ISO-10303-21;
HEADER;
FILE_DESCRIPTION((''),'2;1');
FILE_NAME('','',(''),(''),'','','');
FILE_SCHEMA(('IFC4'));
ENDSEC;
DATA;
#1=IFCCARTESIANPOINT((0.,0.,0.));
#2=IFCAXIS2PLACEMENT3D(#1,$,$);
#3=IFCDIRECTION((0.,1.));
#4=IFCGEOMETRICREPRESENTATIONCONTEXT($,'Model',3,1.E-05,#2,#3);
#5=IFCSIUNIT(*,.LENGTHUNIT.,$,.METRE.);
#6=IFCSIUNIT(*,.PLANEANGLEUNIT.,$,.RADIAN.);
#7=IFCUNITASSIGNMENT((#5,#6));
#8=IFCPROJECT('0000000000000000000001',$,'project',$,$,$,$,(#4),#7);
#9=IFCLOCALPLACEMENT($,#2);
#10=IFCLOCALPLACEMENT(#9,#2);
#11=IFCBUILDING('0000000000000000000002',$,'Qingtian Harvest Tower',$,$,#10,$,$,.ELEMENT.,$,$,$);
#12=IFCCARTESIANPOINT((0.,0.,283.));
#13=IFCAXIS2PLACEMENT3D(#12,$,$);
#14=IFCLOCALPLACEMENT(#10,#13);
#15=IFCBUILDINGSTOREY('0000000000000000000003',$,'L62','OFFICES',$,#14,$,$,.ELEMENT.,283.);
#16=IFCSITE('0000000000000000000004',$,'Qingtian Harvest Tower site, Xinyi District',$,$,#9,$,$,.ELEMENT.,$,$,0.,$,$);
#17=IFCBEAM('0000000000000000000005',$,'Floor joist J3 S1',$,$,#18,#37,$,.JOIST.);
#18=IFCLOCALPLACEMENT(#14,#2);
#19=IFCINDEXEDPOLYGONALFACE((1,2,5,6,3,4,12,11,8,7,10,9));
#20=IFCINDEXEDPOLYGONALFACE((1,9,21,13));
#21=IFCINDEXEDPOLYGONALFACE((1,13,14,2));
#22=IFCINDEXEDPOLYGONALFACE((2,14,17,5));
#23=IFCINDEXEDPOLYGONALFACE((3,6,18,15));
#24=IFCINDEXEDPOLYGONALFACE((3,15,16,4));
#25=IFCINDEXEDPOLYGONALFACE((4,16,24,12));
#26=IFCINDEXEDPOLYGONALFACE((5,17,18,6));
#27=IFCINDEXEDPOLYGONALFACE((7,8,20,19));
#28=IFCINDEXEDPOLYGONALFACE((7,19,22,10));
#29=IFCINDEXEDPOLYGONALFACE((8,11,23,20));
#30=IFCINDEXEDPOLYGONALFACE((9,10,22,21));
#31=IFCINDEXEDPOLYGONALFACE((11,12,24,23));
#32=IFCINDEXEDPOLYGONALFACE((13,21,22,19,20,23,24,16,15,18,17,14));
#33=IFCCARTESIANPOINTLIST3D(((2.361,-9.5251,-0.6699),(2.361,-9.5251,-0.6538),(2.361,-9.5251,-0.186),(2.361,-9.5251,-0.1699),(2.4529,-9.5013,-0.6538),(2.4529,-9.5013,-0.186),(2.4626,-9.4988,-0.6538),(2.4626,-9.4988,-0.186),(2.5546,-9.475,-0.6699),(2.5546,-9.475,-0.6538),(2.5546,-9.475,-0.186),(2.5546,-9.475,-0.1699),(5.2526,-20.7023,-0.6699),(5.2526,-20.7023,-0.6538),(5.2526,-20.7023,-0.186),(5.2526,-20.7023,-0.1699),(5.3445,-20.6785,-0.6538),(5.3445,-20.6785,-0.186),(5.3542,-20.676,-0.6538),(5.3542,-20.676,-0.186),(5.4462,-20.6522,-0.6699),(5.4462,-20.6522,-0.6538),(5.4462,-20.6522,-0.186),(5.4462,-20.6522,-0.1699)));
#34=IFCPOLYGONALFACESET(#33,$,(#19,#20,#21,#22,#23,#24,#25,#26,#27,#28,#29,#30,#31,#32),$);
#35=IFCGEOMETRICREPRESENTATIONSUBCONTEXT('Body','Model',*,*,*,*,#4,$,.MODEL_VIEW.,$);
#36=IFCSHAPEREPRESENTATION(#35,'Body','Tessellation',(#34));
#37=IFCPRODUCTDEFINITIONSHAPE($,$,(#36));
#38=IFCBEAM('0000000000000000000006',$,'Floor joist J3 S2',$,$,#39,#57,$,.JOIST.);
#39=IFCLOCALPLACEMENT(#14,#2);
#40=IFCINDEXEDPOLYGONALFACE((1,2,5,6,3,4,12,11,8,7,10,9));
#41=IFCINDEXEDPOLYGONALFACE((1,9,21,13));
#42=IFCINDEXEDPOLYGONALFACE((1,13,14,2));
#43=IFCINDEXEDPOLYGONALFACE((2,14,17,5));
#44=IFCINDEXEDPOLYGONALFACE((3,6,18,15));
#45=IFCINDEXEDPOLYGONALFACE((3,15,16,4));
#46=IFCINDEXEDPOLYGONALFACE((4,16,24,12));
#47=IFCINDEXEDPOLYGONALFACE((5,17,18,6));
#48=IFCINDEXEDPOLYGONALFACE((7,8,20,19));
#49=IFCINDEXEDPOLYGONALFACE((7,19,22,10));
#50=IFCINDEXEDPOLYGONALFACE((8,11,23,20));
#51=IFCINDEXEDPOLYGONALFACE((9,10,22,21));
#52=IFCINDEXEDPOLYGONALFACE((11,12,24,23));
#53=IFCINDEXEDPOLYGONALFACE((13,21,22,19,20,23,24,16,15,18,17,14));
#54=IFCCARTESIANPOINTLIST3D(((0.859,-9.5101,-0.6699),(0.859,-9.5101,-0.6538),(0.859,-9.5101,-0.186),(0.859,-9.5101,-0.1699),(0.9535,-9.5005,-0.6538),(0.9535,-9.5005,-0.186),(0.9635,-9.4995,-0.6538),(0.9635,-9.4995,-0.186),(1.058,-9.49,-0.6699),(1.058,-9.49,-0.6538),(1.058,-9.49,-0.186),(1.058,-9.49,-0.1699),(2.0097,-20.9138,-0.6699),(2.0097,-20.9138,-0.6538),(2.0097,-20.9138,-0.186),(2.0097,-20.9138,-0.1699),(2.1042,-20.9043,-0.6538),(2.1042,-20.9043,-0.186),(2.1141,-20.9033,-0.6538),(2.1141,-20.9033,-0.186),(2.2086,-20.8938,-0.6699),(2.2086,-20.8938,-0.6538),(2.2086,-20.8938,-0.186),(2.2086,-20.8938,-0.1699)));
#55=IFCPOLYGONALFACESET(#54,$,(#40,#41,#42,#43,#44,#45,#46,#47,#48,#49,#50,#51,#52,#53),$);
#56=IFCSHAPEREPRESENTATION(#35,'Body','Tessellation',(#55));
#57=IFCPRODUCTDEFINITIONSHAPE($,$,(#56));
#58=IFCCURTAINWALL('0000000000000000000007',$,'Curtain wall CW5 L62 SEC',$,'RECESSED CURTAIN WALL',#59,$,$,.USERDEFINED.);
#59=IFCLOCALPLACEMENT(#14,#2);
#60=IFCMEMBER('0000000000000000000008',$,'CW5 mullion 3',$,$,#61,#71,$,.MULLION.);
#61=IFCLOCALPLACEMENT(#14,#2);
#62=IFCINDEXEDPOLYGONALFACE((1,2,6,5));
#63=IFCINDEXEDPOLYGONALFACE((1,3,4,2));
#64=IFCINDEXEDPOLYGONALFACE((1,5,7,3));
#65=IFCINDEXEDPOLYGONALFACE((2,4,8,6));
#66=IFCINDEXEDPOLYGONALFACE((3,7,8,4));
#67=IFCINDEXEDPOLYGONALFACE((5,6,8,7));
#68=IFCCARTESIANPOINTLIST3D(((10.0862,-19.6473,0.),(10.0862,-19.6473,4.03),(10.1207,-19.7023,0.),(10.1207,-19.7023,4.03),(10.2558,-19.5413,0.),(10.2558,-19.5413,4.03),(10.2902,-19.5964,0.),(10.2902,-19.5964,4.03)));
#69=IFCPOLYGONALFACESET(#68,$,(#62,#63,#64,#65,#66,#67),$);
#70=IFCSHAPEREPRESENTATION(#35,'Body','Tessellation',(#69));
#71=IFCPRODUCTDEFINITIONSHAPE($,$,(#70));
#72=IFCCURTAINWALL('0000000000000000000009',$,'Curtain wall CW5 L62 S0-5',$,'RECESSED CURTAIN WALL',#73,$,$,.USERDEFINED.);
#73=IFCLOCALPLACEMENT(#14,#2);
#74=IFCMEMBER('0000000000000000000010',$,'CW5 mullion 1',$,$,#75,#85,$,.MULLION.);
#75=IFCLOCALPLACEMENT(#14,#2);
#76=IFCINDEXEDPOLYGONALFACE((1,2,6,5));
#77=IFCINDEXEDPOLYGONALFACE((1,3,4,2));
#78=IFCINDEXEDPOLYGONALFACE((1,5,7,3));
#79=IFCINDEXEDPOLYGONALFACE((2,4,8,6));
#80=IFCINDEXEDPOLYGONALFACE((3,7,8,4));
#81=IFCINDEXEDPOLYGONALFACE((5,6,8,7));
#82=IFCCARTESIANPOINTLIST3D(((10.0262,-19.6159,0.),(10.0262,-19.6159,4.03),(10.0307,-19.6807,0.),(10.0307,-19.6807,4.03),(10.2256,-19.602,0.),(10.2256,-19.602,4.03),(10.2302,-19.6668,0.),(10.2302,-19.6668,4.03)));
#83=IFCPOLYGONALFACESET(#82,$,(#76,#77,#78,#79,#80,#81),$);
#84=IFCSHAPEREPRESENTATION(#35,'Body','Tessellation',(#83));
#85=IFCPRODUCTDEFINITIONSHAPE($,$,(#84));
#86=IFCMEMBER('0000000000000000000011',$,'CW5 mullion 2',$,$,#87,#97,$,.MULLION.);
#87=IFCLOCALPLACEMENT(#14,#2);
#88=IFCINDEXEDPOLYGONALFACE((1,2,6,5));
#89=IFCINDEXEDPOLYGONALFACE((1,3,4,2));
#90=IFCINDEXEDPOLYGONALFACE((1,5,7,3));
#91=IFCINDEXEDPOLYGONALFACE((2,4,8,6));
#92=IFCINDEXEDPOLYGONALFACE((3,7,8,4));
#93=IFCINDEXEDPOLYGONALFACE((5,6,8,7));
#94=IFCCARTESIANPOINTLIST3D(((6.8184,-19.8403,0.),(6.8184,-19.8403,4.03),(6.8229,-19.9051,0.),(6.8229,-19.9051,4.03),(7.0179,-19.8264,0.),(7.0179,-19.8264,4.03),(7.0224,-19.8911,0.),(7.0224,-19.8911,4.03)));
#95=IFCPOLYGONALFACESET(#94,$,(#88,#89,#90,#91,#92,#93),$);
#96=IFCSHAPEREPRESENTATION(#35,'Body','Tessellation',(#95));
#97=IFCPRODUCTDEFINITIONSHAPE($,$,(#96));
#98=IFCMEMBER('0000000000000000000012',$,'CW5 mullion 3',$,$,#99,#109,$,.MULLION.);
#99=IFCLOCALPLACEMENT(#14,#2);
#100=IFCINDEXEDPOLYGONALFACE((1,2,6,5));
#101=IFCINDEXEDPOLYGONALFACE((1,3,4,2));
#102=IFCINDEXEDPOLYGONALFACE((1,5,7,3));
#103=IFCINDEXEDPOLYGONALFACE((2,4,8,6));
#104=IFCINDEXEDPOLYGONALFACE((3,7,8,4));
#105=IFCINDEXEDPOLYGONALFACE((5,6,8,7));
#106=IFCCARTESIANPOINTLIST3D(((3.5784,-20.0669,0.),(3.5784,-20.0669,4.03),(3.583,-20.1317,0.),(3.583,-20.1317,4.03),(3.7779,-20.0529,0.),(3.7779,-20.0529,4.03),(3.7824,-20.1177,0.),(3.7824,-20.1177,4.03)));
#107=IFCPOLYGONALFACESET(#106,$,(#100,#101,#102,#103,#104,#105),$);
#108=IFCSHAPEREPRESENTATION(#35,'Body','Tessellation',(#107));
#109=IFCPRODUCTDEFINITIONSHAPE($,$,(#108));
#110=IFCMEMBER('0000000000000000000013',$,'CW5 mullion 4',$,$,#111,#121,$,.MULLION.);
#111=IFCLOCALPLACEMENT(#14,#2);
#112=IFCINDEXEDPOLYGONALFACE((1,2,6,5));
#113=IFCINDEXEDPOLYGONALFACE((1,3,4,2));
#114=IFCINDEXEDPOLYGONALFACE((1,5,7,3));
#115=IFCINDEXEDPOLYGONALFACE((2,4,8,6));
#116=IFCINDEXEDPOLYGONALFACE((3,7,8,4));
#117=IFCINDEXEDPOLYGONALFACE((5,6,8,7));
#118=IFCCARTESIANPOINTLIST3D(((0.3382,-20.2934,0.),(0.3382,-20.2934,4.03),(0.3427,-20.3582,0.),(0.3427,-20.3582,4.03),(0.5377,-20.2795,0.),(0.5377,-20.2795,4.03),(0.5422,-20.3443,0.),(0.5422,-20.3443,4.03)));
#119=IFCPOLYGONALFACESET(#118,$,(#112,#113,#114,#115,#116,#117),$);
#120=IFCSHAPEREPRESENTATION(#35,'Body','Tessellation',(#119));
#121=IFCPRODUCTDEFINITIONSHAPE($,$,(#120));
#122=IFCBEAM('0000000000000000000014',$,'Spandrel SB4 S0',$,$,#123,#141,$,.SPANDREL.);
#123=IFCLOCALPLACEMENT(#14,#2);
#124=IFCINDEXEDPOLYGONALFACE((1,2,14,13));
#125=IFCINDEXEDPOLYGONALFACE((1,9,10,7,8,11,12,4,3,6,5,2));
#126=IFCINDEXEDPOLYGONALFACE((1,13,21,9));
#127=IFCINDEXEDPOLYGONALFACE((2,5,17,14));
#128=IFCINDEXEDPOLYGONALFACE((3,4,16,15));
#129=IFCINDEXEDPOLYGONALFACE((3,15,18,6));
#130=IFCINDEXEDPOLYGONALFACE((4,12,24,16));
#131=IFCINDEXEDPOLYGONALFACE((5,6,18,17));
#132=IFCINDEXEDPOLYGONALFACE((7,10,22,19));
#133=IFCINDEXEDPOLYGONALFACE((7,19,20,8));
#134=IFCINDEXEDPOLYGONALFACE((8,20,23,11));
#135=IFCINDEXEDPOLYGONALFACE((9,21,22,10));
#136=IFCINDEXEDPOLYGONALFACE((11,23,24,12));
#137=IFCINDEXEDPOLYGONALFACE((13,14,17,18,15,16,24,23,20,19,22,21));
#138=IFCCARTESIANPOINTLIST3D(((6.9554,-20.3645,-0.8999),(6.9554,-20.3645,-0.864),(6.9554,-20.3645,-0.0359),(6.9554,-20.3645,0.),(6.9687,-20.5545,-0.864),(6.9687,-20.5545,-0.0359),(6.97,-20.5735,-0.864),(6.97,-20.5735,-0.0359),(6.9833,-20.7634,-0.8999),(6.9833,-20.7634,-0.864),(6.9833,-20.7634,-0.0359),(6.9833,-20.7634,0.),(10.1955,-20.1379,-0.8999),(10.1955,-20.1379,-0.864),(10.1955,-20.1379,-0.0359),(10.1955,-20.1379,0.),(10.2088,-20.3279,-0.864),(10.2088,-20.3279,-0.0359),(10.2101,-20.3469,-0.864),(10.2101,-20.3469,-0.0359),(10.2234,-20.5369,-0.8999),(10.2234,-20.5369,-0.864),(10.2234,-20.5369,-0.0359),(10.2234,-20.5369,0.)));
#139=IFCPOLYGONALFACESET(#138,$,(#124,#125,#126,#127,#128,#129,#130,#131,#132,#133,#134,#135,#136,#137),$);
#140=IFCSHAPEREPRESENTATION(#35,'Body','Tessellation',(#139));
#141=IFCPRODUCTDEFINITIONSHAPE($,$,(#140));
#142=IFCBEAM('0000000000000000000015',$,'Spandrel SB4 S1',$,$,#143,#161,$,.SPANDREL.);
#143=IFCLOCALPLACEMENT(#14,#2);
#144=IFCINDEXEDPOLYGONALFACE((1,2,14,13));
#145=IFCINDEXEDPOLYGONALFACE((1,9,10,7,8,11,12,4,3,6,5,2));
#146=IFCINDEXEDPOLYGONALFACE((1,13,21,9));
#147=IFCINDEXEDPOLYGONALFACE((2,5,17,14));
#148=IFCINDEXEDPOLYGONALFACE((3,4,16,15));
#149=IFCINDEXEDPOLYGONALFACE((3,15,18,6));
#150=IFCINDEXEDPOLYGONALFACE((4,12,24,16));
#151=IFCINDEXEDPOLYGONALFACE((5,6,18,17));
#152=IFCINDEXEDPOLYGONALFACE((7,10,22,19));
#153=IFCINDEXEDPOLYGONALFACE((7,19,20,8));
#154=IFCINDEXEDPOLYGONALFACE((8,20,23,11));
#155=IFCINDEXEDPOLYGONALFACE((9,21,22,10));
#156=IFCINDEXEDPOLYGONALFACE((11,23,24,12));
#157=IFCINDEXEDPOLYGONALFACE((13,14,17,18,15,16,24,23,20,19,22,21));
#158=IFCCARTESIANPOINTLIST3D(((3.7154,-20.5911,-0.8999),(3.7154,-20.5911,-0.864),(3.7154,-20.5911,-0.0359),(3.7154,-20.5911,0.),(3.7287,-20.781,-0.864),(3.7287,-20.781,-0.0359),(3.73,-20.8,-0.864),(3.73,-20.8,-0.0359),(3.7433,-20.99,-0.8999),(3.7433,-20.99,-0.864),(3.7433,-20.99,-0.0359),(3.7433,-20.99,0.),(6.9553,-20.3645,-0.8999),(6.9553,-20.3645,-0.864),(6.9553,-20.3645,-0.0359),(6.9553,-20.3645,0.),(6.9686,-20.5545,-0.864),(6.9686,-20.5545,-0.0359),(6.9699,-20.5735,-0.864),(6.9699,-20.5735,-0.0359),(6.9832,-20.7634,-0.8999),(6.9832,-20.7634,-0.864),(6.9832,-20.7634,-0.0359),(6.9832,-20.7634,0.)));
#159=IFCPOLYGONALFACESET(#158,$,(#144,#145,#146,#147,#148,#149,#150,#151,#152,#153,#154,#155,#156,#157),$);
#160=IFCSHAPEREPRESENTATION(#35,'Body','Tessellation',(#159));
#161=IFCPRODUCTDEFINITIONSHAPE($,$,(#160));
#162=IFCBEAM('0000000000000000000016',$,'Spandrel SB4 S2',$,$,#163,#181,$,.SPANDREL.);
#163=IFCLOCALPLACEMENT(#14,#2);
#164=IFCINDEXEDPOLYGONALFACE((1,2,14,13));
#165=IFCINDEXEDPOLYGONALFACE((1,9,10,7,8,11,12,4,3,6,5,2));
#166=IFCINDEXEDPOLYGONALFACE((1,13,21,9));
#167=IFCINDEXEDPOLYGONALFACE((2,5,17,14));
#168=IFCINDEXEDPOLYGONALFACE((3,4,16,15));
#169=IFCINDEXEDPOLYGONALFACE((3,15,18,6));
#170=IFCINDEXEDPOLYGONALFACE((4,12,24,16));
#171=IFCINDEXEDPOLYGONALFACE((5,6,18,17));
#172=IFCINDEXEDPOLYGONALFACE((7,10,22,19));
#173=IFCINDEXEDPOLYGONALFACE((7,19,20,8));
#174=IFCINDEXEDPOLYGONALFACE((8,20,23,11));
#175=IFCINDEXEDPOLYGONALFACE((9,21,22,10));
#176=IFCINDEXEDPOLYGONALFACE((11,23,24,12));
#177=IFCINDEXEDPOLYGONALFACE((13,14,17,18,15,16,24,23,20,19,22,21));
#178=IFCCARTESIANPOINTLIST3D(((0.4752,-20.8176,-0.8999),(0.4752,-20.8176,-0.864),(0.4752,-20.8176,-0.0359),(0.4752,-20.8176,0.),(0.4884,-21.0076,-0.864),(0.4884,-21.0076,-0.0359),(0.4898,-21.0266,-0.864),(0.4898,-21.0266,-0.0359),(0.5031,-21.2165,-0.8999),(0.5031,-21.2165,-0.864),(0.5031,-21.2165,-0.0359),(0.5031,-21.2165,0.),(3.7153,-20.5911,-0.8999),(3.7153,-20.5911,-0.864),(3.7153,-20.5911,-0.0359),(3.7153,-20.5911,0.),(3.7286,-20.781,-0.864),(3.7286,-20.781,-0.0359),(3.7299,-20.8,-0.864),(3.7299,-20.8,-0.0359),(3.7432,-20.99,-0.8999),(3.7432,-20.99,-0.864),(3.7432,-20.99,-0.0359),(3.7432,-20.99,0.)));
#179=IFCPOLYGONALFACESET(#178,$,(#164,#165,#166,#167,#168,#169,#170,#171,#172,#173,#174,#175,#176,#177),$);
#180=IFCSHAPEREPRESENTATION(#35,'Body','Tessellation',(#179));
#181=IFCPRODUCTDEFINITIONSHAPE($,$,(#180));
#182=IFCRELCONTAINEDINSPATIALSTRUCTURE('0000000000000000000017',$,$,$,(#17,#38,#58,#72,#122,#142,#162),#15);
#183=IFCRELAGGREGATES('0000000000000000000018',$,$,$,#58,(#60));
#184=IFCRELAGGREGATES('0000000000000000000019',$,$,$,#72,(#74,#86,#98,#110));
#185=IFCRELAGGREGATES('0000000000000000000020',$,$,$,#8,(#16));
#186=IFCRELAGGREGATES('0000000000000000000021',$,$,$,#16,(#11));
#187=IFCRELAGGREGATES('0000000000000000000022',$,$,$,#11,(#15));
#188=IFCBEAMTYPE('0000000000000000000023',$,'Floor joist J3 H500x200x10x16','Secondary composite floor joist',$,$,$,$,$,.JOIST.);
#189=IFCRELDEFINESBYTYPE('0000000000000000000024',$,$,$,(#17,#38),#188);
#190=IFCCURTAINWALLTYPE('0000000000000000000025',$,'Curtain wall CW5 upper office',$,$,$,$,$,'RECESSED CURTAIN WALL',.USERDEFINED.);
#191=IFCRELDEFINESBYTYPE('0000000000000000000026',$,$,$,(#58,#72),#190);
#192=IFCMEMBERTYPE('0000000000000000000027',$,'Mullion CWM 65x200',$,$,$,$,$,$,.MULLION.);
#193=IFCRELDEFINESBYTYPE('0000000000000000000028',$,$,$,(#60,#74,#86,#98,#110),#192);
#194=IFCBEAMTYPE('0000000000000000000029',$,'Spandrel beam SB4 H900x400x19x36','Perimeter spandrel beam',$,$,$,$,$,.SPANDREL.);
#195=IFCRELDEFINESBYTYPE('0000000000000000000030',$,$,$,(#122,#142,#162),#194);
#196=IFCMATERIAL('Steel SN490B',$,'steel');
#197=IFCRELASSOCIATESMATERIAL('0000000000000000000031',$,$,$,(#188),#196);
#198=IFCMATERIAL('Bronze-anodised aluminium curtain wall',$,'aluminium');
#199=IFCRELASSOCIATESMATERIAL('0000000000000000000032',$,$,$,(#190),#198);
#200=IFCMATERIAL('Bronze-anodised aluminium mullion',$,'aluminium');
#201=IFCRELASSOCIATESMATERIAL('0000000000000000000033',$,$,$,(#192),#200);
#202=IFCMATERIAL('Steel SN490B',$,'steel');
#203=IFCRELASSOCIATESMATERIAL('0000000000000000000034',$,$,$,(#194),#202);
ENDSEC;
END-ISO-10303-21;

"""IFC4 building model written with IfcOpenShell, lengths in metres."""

from ifc_helpers import new_model, si_unit, direction, frame, origin, origin_2d, place, context, subcontext, project, spatial, rectangle, i_section, extrude, material, material_profile, profile_set, type_object, element, aggregate, save


model = new_model("IFC4")

# Units and contexts
model_context = context("Model", 3, precision=1e-05, world=origin(), true_north=direction((0.0, 1.0)))
body_context = subcontext(model_context, "Body", "Model", "MODEL_VIEW")
ifc_project = project(units=[si_unit("LENGTHUNIT", "METRE"), si_unit("PLANEANGLEUNIT", "RADIAN")], contexts=[model_context])

# Site, building, storey
site_placement = place(None, origin())
site = spatial("IfcSite", under=ifc_project, at=site_placement, Name="Qingtian Harvest Tower site, Xinyi District", CompositionType="ELEMENT", RefElevation=0.0)
building_placement = place(site_placement, origin())
building = spatial("IfcBuilding", under=site, at=building_placement, Name="Qingtian Harvest Tower", CompositionType="ELEMENT")
storey_placement = place(building_placement, frame((0.0, 0.0, 283.0)))
storey = spatial("IfcBuildingStorey", under=building, at=storey_placement, Name="L62", Description="OFFICES", CompositionType="ELEMENT", Elevation=283.0)

# Beams
ifc_material_1 = material(Name="Steel SN490B", Category="steel")
ifc_material_profile_1 = material_profile(ifc_material_1, i_section(OverallWidth=0.2, OverallDepth=0.5, WebThickness=0.01, FlangeThickness=0.0161, at=origin_2d()), Name="H500x200x10x16")
ifc_profile_set_1 = profile_set([ifc_material_profile_1], Name="Steel SN490B")
beam_type_1 = type_object("IfcBeamType", Name="Floor joist J3 H500x200x10x16", Description="Secondary composite floor joist", PredefinedType="JOIST", material=ifc_profile_set_1)
beam_1_placement = place(storey_placement, frame((5.3494, -20.6772, -0.4199), z_axis=(-0.250459, 0.968127, 0.0), x_axis=(-0.968127, -0.250459, 0.0)))
element("IfcBeam", 1, at=beam_1_placement, inside=storey, type_object=beam_type_1, Name="Floor joist J3 S1", PredefinedType="JOIST", context=body_context, shape_type="SweptSolid", body=[
    extrude(i_section(OverallWidth=0.2, OverallDepth=0.5, WebThickness=0.01, FlangeThickness=0.0161, at=origin_2d()), origin(), (0.0, 0.0, 1.0), 11.5452),
])
beam_2_placement = place(storey_placement, frame((2.1091, -20.9038, -0.4199), z_axis=(-0.100389, 0.994948, 0.0), x_axis=(-0.994948, -0.100389, 0.0)))
element("IfcBeam", 2, at=beam_2_placement, inside=storey, type_object=beam_type_1, Name="Floor joist J3 S2", PredefinedType="JOIST", context=body_context, shape_type="SweptSolid", body=[
    extrude(i_section(OverallWidth=0.2, OverallDepth=0.5, WebThickness=0.01, FlangeThickness=0.0161, at=origin_2d()), origin(), (0.0, 0.0, 1.0), 11.4617),
])

# Curtain wall, member
ifc_material_2 = material(Name="Bronze-anodised aluminium curtain wall", Category="aluminium")
curtain_wall_type = type_object("IfcCurtainWallType", Name="Curtain wall CW5 upper office", ElementType="RECESSED CURTAIN WALL", PredefinedType="USERDEFINED", material=ifc_material_2)
curtain_wall_1_placement = place(storey_placement, origin())
curtain_wall_1 = element("IfcCurtainWall", 3, at=curtain_wall_1_placement, inside=storey, type_object=curtain_wall_type, Name="Curtain wall CW5 L62 SEC", ObjectType="RECESSED CURTAIN WALL", PredefinedType="USERDEFINED")
ifc_material_3 = material(Name="Bronze-anodised aluminium mullion", Category="aluminium")
ifc_material_profile_2 = material_profile(ifc_material_3, rectangle(XDim=0.0649, YDim=0.2, at=origin_2d()), Name="AL 65x200")
ifc_profile_set_2 = profile_set([ifc_material_profile_2], Name="Bronze-anodised aluminium mullion")
member_type_1 = type_object("IfcMemberType", Name="Mullion CWM 65x200", PredefinedType="MULLION", material=ifc_profile_set_2)
member_1_placement = place(storey_placement, frame((10.1882, -19.6218, 0.0), z_axis=(0.0, 0.0, 1.0), x_axis=(0.529919, -0.848048, 0.0)))
member_1 = element("IfcMember", 4, at=member_1_placement, type_object=member_type_1, Name="CW5 mullion 3", PredefinedType="MULLION", context=body_context, shape_type="SweptSolid", body=[
    extrude(rectangle(XDim=0.0649, YDim=0.2, at=origin_2d()), origin(), (0.0, 0.0, 1.0), 4.03),
])

# Curtain wall, members
curtain_wall_2_placement = place(storey_placement, origin())
curtain_wall_2 = element("IfcCurtainWall", 5, at=curtain_wall_2_placement, inside=storey, type_object=curtain_wall_type, Name="Curtain wall CW5 L62 S0-5", ObjectType="RECESSED CURTAIN WALL", PredefinedType="USERDEFINED")
member_2_placement = place(storey_placement, frame((10.1282, -19.6414, 0.0), z_axis=(0.0, 0.0, 1.0), x_axis=(0.069756, -0.997564, 0.0)))
member_2 = element("IfcMember", 6, at=member_2_placement, type_object=member_type_1, Name="CW5 mullion 1", PredefinedType="MULLION", context=body_context, shape_type="SweptSolid", body=[
    extrude(rectangle(XDim=0.0649, YDim=0.2, at=origin_2d()), origin(), (0.0, 0.0, 1.0), 4.03),
])
member_3_placement = place(storey_placement, frame((6.9204, -19.8657, 0.0), z_axis=(0.0, 0.0, 1.0), x_axis=(0.069756, -0.997564, 0.0)))
member_3 = element("IfcMember", 7, at=member_3_placement, type_object=member_type_1, Name="CW5 mullion 2", PredefinedType="MULLION", context=body_context, shape_type="SweptSolid", body=[
    extrude(rectangle(XDim=0.0649, YDim=0.2, at=origin_2d()), origin(), (0.0, 0.0, 1.0), 4.03),
])
member_4_placement = place(storey_placement, frame((3.6804, -20.0923, 0.0), z_axis=(0.0, 0.0, 1.0), x_axis=(0.069756, -0.997564, 0.0)))
member_4 = element("IfcMember", 8, at=member_4_placement, type_object=member_type_1, Name="CW5 mullion 3", PredefinedType="MULLION", context=body_context, shape_type="SweptSolid", body=[
    extrude(rectangle(XDim=0.0649, YDim=0.2, at=origin_2d()), origin(), (0.0, 0.0, 1.0), 4.03),
])
member_5_placement = place(storey_placement, frame((0.4402, -20.3188, 0.0), z_axis=(0.0, 0.0, 1.0), x_axis=(0.069756, -0.997564, 0.0)))
member_5 = element("IfcMember", 9, at=member_5_placement, type_object=member_type_1, Name="CW5 mullion 4", PredefinedType="MULLION", context=body_context, shape_type="SweptSolid", body=[
    extrude(rectangle(XDim=0.0649, YDim=0.2, at=origin_2d()), origin(), (0.0, 0.0, 1.0), 4.03),
])

# Beams
ifc_material_4 = material(Name="Steel SN490B", Category="steel")
ifc_material_profile_3 = material_profile(ifc_material_4, i_section(OverallWidth=0.3999, OverallDepth=0.8999, WebThickness=0.019, FlangeThickness=0.0359, at=origin_2d()), Name="H900x400x19x36")
ifc_profile_set_3 = profile_set([ifc_material_profile_3], Name="Steel SN490B")
beam_type_2 = type_object("IfcBeamType", Name="Spandrel beam SB4 H900x400x19x36", Description="Perimeter spandrel beam", PredefinedType="SPANDREL", material=ifc_profile_set_3)
beam_3_placement = place(storey_placement, frame((10.2095, -20.3374, -0.45), z_axis=(-0.997564, -0.069751, 0.0), x_axis=(0.069751, -0.997564, 0.0)))
element("IfcBeam", 10, at=beam_3_placement, inside=storey, type_object=beam_type_2, Name="Spandrel SB4 S0", PredefinedType="SPANDREL", context=body_context, shape_type="SweptSolid", body=[
    extrude(i_section(OverallWidth=0.3999, OverallDepth=0.8999, WebThickness=0.019, FlangeThickness=0.0359, at=origin_2d()), origin(), (0.0, 0.0, 1.0), 3.248),
])
beam_4_placement = place(storey_placement, frame((6.9692, -20.564, -0.45), z_axis=(-0.997564, -0.069757, 0.0), x_axis=(0.069757, -0.997564, 0.0)))
element("IfcBeam", 11, at=beam_4_placement, inside=storey, type_object=beam_type_2, Name="Spandrel SB4 S1", PredefinedType="SPANDREL", context=body_context, shape_type="SweptSolid", body=[
    extrude(i_section(OverallWidth=0.3999, OverallDepth=0.8999, WebThickness=0.019, FlangeThickness=0.0359, at=origin_2d()), origin(), (0.0, 0.0, 1.0), 3.2478),
])
beam_5_placement = place(storey_placement, frame((3.7292, -20.7905, -0.45), z_axis=(-0.997564, -0.069751, 0.0), x_axis=(0.069751, -0.997564, 0.0)))
element("IfcBeam", 12, at=beam_5_placement, inside=storey, type_object=beam_type_2, Name="Spandrel SB4 S2", PredefinedType="SPANDREL", context=body_context, shape_type="SweptSolid", body=[
    extrude(i_section(OverallWidth=0.3999, OverallDepth=0.8999, WebThickness=0.019, FlangeThickness=0.0359, at=origin_2d()), origin(), (0.0, 0.0, 1.0), 3.248),
])

aggregate(curtain_wall_1, [member_1])
aggregate(curtain_wall_2, [member_2, member_3, member_4, member_5])

save(model, "model.ifc")
